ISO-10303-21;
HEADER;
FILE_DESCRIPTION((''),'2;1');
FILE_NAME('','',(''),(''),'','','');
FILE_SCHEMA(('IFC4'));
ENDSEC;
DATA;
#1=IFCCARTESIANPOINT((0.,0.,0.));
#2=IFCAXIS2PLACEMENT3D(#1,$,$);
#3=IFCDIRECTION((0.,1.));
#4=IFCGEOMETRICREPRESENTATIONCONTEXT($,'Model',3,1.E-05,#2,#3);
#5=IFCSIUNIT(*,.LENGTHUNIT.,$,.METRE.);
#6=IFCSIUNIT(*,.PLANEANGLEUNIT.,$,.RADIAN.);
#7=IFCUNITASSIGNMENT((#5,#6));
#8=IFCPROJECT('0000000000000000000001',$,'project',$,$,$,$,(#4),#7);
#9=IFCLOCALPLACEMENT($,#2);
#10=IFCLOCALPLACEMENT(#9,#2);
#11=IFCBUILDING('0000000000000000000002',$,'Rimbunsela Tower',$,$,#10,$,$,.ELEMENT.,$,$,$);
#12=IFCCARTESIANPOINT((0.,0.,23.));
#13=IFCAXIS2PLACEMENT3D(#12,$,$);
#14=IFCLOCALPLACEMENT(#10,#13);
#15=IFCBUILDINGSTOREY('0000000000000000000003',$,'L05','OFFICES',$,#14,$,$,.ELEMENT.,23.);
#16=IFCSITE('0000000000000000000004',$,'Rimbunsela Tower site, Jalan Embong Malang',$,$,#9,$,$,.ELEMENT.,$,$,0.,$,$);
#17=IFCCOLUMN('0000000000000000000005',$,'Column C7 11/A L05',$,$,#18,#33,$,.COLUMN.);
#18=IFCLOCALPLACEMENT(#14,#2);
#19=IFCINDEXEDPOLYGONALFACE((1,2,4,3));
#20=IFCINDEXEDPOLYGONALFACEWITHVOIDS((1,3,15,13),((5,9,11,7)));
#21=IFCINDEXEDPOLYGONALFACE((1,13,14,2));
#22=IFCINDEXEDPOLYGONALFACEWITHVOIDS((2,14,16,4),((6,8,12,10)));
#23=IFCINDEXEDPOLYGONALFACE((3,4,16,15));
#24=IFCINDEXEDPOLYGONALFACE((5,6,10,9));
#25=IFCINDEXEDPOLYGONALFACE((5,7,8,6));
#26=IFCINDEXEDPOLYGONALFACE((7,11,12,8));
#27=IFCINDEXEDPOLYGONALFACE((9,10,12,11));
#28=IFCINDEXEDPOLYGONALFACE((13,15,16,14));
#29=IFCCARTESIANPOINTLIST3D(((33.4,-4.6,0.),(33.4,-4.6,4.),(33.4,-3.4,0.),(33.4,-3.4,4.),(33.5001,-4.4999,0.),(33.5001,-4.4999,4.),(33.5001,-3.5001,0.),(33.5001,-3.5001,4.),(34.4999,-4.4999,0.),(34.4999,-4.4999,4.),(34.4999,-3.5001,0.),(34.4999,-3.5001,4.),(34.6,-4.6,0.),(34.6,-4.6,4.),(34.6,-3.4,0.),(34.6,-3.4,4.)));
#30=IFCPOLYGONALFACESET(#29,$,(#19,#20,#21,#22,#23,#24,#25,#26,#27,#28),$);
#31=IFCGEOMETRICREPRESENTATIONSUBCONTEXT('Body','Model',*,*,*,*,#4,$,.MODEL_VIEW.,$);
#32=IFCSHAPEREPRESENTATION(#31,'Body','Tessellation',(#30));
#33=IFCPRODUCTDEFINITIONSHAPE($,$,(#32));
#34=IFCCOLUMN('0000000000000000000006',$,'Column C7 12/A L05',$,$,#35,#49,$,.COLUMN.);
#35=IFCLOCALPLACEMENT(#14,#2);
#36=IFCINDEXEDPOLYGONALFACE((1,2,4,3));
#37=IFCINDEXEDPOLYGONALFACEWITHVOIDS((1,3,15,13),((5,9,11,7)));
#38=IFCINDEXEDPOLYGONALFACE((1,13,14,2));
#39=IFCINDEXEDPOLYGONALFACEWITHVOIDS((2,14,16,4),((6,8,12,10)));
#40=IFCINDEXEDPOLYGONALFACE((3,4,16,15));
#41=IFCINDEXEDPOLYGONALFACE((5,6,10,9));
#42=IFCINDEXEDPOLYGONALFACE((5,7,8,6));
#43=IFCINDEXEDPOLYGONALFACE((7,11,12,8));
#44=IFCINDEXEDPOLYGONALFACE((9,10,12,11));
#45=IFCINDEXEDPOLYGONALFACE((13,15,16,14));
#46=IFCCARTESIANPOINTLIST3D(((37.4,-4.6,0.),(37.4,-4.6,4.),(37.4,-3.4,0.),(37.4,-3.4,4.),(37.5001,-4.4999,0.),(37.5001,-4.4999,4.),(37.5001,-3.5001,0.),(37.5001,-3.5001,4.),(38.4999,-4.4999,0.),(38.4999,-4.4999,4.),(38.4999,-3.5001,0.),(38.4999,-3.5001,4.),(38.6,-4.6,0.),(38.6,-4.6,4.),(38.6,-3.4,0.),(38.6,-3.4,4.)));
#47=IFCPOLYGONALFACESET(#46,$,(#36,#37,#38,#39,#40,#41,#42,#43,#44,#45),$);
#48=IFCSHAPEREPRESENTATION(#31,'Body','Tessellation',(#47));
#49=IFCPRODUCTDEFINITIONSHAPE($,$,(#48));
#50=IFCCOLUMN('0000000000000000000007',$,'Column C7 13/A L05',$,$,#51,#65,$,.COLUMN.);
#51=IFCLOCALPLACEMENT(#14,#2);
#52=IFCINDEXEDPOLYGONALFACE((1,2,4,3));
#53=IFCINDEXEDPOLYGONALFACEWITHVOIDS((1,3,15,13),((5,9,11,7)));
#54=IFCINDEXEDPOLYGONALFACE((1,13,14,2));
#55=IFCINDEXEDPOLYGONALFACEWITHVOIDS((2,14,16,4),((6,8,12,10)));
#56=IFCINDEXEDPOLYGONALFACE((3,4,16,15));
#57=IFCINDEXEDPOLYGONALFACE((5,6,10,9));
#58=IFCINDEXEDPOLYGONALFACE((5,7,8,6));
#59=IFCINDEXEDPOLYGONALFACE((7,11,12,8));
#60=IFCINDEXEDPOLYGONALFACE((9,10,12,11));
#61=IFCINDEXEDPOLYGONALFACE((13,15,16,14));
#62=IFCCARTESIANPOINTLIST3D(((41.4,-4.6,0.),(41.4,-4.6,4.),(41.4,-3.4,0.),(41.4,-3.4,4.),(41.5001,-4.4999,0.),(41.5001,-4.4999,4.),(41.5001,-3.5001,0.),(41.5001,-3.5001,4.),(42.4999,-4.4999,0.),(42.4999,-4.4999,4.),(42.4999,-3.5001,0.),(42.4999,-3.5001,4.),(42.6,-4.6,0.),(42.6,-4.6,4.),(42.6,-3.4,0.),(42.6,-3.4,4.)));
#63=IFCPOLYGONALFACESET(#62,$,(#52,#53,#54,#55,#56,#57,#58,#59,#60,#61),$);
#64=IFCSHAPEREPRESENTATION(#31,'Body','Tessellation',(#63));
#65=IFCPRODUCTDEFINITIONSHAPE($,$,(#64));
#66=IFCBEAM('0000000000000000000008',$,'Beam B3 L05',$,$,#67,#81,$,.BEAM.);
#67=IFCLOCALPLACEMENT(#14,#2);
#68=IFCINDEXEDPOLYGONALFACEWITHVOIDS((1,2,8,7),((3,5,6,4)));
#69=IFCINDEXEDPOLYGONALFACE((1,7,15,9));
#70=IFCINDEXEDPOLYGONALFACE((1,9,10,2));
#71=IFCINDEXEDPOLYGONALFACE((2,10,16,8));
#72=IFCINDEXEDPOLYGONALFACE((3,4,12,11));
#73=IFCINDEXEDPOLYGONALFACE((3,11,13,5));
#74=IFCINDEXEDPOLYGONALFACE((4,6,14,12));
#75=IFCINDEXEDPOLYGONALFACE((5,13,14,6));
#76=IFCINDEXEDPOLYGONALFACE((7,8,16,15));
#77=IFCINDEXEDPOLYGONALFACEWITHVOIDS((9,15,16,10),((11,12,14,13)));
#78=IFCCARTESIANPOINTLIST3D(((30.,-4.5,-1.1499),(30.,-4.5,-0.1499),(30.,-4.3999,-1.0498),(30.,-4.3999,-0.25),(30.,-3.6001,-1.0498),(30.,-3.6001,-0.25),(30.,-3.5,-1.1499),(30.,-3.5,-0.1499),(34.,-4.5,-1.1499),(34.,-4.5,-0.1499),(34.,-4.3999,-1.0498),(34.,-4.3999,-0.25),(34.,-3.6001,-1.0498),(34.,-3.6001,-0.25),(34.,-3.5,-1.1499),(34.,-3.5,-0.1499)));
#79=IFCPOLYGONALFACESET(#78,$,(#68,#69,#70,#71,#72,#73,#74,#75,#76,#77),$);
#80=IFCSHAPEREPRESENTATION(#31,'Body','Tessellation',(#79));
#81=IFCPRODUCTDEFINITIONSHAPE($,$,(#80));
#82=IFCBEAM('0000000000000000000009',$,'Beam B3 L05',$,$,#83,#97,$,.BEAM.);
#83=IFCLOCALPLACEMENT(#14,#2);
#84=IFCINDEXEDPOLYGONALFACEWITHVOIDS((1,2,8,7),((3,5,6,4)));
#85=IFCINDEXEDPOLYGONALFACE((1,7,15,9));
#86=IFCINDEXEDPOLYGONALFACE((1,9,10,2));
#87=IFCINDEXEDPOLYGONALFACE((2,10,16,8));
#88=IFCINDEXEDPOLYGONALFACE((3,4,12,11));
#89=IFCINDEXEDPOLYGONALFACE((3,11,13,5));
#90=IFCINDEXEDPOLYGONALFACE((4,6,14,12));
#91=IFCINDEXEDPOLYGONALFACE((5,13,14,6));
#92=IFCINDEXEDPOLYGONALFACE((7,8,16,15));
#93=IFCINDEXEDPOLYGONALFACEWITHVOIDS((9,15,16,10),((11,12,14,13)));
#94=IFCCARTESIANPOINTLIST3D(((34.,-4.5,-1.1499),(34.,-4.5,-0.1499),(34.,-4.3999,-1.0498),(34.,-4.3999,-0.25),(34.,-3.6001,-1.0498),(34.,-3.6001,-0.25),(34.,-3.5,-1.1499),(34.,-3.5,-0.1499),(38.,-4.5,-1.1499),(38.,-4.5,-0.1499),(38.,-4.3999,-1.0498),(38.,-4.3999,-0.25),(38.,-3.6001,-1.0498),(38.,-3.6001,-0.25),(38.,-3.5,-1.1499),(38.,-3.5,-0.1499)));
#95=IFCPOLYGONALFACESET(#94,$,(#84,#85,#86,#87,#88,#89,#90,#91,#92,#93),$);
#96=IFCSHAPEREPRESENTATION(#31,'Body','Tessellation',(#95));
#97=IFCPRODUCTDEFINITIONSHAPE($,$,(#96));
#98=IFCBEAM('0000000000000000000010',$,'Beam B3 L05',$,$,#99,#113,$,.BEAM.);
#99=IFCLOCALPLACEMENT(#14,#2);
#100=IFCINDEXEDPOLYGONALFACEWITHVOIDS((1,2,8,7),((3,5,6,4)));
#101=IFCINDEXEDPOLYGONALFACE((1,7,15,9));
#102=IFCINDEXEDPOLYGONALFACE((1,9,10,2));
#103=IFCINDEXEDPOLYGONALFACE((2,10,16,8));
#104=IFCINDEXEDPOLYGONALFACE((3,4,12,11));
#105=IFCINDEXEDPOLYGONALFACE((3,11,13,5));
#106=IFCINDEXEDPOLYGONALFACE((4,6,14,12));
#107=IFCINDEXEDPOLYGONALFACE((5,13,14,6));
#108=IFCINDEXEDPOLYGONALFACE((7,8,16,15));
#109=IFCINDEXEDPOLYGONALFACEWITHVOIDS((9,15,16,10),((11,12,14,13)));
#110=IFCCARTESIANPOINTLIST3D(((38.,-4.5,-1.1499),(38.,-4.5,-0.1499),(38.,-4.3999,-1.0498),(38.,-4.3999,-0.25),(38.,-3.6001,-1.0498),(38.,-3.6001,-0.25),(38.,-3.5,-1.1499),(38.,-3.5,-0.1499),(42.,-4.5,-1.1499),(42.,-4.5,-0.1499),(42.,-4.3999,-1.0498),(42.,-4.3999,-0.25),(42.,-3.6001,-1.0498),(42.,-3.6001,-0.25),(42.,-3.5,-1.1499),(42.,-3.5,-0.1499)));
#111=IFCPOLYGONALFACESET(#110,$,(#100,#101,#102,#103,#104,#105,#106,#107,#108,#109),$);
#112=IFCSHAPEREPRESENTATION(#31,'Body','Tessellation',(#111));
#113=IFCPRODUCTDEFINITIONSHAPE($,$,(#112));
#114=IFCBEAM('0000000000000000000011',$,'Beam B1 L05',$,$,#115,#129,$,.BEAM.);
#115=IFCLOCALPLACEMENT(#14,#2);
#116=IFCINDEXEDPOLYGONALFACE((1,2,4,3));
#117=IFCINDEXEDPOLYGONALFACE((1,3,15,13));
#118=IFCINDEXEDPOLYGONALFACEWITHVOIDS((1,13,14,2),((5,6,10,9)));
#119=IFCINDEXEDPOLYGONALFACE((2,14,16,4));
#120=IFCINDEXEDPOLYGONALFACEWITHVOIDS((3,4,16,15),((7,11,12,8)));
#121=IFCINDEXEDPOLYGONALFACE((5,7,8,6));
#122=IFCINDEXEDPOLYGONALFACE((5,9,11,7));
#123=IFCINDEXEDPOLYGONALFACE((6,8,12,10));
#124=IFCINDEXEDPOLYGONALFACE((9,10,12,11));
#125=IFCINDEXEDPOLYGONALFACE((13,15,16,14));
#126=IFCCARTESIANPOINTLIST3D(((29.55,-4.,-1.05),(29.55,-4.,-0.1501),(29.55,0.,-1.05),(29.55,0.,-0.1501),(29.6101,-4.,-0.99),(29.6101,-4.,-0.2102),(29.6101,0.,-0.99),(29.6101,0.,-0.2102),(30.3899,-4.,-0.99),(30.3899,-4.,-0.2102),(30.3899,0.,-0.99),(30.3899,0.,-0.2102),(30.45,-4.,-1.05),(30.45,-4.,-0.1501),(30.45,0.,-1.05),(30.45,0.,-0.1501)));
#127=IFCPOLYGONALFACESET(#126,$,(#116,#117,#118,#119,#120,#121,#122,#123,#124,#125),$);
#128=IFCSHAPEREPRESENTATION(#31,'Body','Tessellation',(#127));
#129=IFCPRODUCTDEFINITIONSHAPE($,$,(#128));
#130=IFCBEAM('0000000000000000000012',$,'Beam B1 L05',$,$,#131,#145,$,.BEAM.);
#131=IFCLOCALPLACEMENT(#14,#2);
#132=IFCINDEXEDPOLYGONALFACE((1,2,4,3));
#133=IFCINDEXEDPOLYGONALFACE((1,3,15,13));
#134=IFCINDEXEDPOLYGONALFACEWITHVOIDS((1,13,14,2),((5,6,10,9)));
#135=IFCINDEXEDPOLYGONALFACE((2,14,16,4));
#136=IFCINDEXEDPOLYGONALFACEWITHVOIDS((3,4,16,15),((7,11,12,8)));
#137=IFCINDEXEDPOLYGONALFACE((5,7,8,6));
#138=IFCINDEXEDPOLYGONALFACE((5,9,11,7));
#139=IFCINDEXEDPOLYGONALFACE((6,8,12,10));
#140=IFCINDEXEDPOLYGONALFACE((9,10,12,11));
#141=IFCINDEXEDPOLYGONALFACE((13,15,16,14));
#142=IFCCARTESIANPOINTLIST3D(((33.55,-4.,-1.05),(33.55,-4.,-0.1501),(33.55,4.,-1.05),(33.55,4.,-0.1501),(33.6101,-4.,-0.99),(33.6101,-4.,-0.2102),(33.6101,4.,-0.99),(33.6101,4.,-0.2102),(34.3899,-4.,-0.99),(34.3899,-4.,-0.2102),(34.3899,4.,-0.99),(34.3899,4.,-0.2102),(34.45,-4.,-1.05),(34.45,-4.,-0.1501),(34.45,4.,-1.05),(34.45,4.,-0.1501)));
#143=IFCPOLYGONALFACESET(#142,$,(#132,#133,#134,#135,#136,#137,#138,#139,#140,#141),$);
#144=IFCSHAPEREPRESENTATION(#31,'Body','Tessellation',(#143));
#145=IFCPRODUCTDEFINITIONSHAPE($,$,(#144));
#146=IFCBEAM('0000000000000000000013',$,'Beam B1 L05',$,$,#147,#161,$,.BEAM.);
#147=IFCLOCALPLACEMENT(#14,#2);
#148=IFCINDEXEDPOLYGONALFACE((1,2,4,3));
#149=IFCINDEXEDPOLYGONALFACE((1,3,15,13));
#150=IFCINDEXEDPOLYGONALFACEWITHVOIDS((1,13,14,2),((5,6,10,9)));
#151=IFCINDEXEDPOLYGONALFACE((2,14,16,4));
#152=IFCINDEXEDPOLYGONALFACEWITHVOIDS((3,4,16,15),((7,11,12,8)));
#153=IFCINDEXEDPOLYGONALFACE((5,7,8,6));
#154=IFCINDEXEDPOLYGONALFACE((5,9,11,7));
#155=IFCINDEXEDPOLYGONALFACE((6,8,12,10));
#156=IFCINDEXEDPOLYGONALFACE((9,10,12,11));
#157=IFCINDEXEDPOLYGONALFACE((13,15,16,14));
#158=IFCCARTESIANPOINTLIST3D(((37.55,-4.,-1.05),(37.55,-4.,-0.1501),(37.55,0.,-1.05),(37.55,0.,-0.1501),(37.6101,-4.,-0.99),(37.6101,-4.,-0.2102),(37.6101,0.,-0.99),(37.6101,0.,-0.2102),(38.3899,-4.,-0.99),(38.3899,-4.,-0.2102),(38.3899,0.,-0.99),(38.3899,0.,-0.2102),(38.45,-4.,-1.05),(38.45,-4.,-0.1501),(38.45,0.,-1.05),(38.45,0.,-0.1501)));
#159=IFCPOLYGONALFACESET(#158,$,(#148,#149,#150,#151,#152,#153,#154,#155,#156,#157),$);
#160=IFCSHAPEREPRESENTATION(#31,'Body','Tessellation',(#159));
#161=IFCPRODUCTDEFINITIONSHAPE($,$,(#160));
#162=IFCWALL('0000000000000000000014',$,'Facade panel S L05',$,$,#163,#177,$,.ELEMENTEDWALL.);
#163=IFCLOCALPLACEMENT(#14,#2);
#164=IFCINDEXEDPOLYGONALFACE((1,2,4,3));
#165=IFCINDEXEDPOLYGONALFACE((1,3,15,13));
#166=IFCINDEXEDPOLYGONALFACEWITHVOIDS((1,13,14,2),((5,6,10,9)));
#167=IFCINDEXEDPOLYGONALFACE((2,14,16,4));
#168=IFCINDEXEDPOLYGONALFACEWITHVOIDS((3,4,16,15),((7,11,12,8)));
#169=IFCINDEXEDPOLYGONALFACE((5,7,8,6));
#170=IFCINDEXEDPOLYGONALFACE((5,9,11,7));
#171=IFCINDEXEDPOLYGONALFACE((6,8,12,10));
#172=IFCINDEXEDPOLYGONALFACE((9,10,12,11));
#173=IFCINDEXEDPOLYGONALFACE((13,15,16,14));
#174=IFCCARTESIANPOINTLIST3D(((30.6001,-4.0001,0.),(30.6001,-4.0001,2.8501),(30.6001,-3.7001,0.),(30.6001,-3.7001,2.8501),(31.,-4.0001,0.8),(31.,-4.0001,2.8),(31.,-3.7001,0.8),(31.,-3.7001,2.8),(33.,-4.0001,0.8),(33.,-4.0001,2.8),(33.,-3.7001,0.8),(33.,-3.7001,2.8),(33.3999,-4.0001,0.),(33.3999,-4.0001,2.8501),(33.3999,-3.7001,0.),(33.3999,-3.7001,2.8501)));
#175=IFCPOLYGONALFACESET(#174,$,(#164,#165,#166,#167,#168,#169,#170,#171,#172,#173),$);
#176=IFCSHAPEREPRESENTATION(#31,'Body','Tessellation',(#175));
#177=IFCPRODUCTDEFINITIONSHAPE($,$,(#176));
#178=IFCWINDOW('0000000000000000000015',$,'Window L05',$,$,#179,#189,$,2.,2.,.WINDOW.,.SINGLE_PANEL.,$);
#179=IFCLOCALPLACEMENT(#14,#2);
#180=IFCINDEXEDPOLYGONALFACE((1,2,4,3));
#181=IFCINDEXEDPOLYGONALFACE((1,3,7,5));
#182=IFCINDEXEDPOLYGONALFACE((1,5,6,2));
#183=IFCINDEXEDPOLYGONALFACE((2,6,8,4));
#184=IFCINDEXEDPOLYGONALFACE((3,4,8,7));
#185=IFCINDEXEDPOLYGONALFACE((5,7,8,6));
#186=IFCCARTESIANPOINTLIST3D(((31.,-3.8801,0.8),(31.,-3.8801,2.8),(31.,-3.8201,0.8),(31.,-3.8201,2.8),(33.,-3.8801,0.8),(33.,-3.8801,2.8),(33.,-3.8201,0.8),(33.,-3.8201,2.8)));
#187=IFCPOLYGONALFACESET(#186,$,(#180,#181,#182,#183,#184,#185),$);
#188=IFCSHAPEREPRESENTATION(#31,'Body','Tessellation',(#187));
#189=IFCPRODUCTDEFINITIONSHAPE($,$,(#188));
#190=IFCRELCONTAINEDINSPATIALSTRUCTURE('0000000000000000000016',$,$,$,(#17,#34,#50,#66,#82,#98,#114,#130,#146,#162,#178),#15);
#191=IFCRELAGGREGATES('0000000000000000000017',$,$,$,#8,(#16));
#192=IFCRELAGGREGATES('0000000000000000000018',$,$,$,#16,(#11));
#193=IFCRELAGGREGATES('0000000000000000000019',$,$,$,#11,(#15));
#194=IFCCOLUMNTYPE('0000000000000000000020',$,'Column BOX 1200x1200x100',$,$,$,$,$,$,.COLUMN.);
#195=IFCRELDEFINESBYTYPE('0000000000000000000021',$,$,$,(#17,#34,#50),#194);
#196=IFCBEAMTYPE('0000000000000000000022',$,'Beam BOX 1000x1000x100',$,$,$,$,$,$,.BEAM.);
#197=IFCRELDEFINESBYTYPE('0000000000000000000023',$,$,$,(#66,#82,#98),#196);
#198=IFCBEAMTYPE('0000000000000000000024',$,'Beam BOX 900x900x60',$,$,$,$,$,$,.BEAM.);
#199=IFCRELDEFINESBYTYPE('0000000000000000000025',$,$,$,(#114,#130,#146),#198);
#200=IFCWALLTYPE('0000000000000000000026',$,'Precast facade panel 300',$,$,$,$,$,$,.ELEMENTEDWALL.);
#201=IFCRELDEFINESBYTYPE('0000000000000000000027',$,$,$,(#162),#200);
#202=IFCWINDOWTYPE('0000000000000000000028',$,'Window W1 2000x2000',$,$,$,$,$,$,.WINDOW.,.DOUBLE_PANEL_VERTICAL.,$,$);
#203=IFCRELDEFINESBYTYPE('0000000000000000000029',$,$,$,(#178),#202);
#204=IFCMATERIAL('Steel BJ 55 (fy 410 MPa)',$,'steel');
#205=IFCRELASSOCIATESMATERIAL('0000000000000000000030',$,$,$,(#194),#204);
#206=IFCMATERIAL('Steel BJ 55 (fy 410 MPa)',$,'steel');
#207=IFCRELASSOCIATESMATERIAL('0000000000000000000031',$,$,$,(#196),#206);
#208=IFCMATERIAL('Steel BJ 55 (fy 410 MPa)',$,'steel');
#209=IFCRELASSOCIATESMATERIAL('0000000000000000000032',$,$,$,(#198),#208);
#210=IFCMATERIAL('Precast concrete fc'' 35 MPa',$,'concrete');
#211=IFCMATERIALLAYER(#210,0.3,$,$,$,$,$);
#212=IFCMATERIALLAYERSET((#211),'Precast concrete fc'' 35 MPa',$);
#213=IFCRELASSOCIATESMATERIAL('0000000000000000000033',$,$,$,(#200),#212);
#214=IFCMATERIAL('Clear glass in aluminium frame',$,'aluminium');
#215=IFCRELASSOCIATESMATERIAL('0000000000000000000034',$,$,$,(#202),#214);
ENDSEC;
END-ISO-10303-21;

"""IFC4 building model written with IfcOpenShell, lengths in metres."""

from ifc_helpers import new_model, si_unit, direction, frame, frame_2d, origin, origin_2d, place, context, subcontext, project, spatial, rectangle, hollow_rectangle, extrude, material, layer, layer_set, material_profile, profile_set, type_object, element, fill, save


model = new_model("IFC4")

# Units and contexts
model_context = context("Model", 3, precision=1e-05, world=origin(), true_north=direction((0.0, 1.0)))
body_context = subcontext(model_context, "Body", "Model", "MODEL_VIEW")
ifc_project = project(units=[si_unit("LENGTHUNIT", "METRE"), si_unit("PLANEANGLEUNIT", "RADIAN")], contexts=[model_context])

# Site, building, storey
site_placement = place(None, origin())
site = spatial("IfcSite", under=ifc_project, at=site_placement, Name="Rimbunsela Tower site, Jalan Embong Malang", CompositionType="ELEMENT", RefElevation=0.0)
building_placement = place(site_placement, origin())
building = spatial("IfcBuilding", under=site, at=building_placement, Name="Rimbunsela Tower", CompositionType="ELEMENT")
storey_placement = place(building_placement, frame((0.0, 0.0, 23.0)))
storey = spatial("IfcBuildingStorey", under=building, at=storey_placement, Name="L05", Description="OFFICES", CompositionType="ELEMENT", Elevation=23.0)

# Columns
ifc_material_1 = material(Name="Steel BJ 55 (fy 410 MPa)", Category="steel")
ifc_material_profile_1 = material_profile(ifc_material_1, hollow_rectangle(XDim=1.2, YDim=1.2, WallThickness=0.1001, at=origin_2d()), Name="BOX 1200x1200x100")
ifc_profile_set_1 = profile_set([ifc_material_profile_1], Name="Steel BJ 55 (fy 410 MPa)")
column_type = type_object("IfcColumnType", Name="Column BOX 1200x1200x100", PredefinedType="COLUMN", material=ifc_profile_set_1)
for number, where, z_axis, x_axis, name in (
    (1, (34.0, -4.0, 0.0), (0.0, 0.0, 1.0), (1.0, 0.0, 0.0), "Column C7 11/A L05"),
    (2, (38.0, -4.0, 0.0), (0.0, 0.0, 1.0), (1.0, 0.0, 0.0), "Column C7 12/A L05"),
    (3, (42.0, -4.0, 0.0), (0.0, 0.0, 1.0), (1.0, 0.0, 0.0), "Column C7 13/A L05"),
):
    element("IfcColumn", number, at=place(storey_placement, frame(where, z_axis=z_axis, x_axis=x_axis)), inside=storey, type_object=column_type, Name=name, PredefinedType="COLUMN", context=body_context, shape_type="SweptSolid", body=[
        extrude(hollow_rectangle(XDim=1.2, YDim=1.2, WallThickness=0.1001, at=origin_2d()), origin(), (0.0, 0.0, 1.0), 4.0),
    ])

# Beams
ifc_material_2 = material(Name="Steel BJ 55 (fy 410 MPa)", Category="steel")
ifc_material_profile_2 = material_profile(ifc_material_2, hollow_rectangle(XDim=1.0, YDim=1.0, WallThickness=0.1001, at=origin_2d()), Name="BOX 1000x1000x100")
ifc_profile_set_2 = profile_set([ifc_material_profile_2], Name="Steel BJ 55 (fy 410 MPa)")
beam_type_1 = type_object("IfcBeamType", Name="Beam BOX 1000x1000x100", PredefinedType="BEAM", material=ifc_profile_set_2)
for number, where, z_axis, x_axis, name in (
    (4, (30.0, -4.0, -0.6499), (1.0, 0.0, 0.0), (0.0, 1.0, 0.0), "Beam B3 L05"),
    (5, (34.0, -4.0, -0.6499), (1.0, 0.0, 0.0), (0.0, 1.0, 0.0), "Beam B3 L05"),
    (6, (38.0, -4.0, -0.6499), (1.0, 0.0, 0.0), (0.0, 1.0, 0.0), "Beam B3 L05"),
):
    element("IfcBeam", number, at=place(storey_placement, frame(where, z_axis=z_axis, x_axis=x_axis)), inside=storey, type_object=beam_type_1, Name=name, PredefinedType="BEAM", context=body_context, shape_type="SweptSolid", body=[
        extrude(hollow_rectangle(XDim=1.0, YDim=1.0, WallThickness=0.1001, at=origin_2d()), origin(), (0.0, 0.0, 1.0), 4.0),
    ])
ifc_material_3 = material(Name="Steel BJ 55 (fy 410 MPa)", Category="steel")
ifc_material_profile_3 = material_profile(ifc_material_3, hollow_rectangle(XDim=0.8999, YDim=0.8999, WallThickness=0.0601, at=origin_2d()), Name="BOX 900x900x60")
ifc_profile_set_3 = profile_set([ifc_material_profile_3], Name="Steel BJ 55 (fy 410 MPa)")
beam_type_2 = type_object("IfcBeamType", Name="Beam BOX 900x900x60", PredefinedType="BEAM", material=ifc_profile_set_3)
beam_1_placement = place(storey_placement, frame((30.0, -4.0, -0.6001), z_axis=(0.0, 1.0, 0.0), x_axis=(-1.0, 0.0, 0.0)))
element("IfcBeam", 7, at=beam_1_placement, inside=storey, type_object=beam_type_2, Name="Beam B1 L05", PredefinedType="BEAM", context=body_context, shape_type="SweptSolid", body=[
    extrude(hollow_rectangle(XDim=0.8999, YDim=0.8999, WallThickness=0.0601, at=origin_2d()), origin(), (0.0, 0.0, 1.0), 4.0),
])
beam_2_placement = place(storey_placement, frame((34.0, -4.0, -0.6001), z_axis=(0.0, 1.0, 0.0), x_axis=(-1.0, 0.0, 0.0)))
element("IfcBeam", 8, at=beam_2_placement, inside=storey, type_object=beam_type_2, Name="Beam B1 L05", PredefinedType="BEAM", context=body_context, shape_type="SweptSolid", body=[
    extrude(hollow_rectangle(XDim=0.8999, YDim=0.8999, WallThickness=0.0601, at=origin_2d()), origin(), (0.0, 0.0, 1.0), 8.0),
])
beam_3_placement = place(storey_placement, frame((38.0, -4.0, -0.6001), z_axis=(0.0, 1.0, 0.0), x_axis=(-1.0, 0.0, 0.0)))
element("IfcBeam", 9, at=beam_3_placement, inside=storey, type_object=beam_type_2, Name="Beam B1 L05", PredefinedType="BEAM", context=body_context, shape_type="SweptSolid", body=[
    extrude(hollow_rectangle(XDim=0.8999, YDim=0.8999, WallThickness=0.0601, at=origin_2d()), origin(), (0.0, 0.0, 1.0), 4.0),
])

# Wall, opening, window
ifc_material_4 = material(Name="Precast concrete fc' 35 MPa", Category="concrete")
ifc_layer_1 = layer(ifc_material_4, 0.3)
ifc_layer_set_1 = layer_set([ifc_layer_1], Name="Precast concrete fc' 35 MPa")
wall_type = type_object("IfcWallType", Name="Precast facade panel 300", PredefinedType="ELEMENTEDWALL", material=ifc_layer_set_1)
wall_1_placement = place(storey_placement, frame((30.6001, -3.8501, 0.0), z_axis=(0.0, 0.0, 1.0), x_axis=(1.0, 0.0, 0.0)))
wall_1 = element("IfcWall", 10, at=wall_1_placement, inside=storey, type_object=wall_type, Name="Facade panel S L05", PredefinedType="ELEMENTEDWALL", context=body_context, shape_type="SweptSolid", body=[
    extrude(rectangle(XDim=2.7998, YDim=0.3, at=frame_2d((1.3999, 0.0))), origin(), (0.0, 0.0, 1.0), 2.8501),
])
opening_1_placement = place(wall_1_placement, frame((0.3999, 0.0, 0.8)))
opening_1 = element("IfcOpeningElement", 11, at=opening_1_placement, cuts=wall_1, PredefinedType="OPENING", context=body_context, shape_type="SweptSolid", body=[
    extrude(rectangle(XDim=2.0, YDim=2.0, at=frame_2d((1.0, 1.0))), frame((0.0, 0.1599, 0.0), z_axis=(0.0, -1.0, 0.0), x_axis=(1.0, 0.0, 0.0)), (0.0, 0.0, 1.0), 0.3201),
])
ifc_material_5 = material(Name="Clear glass in aluminium frame", Category="aluminium")
window_type = type_object("IfcWindowType", Name="Window W1 2000x2000", PartitioningType="DOUBLE_PANEL_VERTICAL", PredefinedType="WINDOW", material=ifc_material_5)
window_1_placement = place(opening_1_placement, origin())
window_1 = element("IfcWindow", 12, at=window_1_placement, inside=storey, type_object=window_type, Name="Window L05", OverallHeight=2.0, OverallWidth=2.0, PartitioningType="SINGLE_PANEL", PredefinedType="WINDOW", context=body_context, shape_type="SweptSolid", body=[
    extrude(rectangle(XDim=2.0, YDim=2.0, at=frame_2d((1.0, 1.0))), frame((0.0, 0.03, 0.0), z_axis=(0.0, -1.0, 0.0), x_axis=(1.0, 0.0, 0.0)), (0.0, 0.0, 1.0), 0.0601),
])
fill(opening_1, window_1)

save(model, "model.ifc")
